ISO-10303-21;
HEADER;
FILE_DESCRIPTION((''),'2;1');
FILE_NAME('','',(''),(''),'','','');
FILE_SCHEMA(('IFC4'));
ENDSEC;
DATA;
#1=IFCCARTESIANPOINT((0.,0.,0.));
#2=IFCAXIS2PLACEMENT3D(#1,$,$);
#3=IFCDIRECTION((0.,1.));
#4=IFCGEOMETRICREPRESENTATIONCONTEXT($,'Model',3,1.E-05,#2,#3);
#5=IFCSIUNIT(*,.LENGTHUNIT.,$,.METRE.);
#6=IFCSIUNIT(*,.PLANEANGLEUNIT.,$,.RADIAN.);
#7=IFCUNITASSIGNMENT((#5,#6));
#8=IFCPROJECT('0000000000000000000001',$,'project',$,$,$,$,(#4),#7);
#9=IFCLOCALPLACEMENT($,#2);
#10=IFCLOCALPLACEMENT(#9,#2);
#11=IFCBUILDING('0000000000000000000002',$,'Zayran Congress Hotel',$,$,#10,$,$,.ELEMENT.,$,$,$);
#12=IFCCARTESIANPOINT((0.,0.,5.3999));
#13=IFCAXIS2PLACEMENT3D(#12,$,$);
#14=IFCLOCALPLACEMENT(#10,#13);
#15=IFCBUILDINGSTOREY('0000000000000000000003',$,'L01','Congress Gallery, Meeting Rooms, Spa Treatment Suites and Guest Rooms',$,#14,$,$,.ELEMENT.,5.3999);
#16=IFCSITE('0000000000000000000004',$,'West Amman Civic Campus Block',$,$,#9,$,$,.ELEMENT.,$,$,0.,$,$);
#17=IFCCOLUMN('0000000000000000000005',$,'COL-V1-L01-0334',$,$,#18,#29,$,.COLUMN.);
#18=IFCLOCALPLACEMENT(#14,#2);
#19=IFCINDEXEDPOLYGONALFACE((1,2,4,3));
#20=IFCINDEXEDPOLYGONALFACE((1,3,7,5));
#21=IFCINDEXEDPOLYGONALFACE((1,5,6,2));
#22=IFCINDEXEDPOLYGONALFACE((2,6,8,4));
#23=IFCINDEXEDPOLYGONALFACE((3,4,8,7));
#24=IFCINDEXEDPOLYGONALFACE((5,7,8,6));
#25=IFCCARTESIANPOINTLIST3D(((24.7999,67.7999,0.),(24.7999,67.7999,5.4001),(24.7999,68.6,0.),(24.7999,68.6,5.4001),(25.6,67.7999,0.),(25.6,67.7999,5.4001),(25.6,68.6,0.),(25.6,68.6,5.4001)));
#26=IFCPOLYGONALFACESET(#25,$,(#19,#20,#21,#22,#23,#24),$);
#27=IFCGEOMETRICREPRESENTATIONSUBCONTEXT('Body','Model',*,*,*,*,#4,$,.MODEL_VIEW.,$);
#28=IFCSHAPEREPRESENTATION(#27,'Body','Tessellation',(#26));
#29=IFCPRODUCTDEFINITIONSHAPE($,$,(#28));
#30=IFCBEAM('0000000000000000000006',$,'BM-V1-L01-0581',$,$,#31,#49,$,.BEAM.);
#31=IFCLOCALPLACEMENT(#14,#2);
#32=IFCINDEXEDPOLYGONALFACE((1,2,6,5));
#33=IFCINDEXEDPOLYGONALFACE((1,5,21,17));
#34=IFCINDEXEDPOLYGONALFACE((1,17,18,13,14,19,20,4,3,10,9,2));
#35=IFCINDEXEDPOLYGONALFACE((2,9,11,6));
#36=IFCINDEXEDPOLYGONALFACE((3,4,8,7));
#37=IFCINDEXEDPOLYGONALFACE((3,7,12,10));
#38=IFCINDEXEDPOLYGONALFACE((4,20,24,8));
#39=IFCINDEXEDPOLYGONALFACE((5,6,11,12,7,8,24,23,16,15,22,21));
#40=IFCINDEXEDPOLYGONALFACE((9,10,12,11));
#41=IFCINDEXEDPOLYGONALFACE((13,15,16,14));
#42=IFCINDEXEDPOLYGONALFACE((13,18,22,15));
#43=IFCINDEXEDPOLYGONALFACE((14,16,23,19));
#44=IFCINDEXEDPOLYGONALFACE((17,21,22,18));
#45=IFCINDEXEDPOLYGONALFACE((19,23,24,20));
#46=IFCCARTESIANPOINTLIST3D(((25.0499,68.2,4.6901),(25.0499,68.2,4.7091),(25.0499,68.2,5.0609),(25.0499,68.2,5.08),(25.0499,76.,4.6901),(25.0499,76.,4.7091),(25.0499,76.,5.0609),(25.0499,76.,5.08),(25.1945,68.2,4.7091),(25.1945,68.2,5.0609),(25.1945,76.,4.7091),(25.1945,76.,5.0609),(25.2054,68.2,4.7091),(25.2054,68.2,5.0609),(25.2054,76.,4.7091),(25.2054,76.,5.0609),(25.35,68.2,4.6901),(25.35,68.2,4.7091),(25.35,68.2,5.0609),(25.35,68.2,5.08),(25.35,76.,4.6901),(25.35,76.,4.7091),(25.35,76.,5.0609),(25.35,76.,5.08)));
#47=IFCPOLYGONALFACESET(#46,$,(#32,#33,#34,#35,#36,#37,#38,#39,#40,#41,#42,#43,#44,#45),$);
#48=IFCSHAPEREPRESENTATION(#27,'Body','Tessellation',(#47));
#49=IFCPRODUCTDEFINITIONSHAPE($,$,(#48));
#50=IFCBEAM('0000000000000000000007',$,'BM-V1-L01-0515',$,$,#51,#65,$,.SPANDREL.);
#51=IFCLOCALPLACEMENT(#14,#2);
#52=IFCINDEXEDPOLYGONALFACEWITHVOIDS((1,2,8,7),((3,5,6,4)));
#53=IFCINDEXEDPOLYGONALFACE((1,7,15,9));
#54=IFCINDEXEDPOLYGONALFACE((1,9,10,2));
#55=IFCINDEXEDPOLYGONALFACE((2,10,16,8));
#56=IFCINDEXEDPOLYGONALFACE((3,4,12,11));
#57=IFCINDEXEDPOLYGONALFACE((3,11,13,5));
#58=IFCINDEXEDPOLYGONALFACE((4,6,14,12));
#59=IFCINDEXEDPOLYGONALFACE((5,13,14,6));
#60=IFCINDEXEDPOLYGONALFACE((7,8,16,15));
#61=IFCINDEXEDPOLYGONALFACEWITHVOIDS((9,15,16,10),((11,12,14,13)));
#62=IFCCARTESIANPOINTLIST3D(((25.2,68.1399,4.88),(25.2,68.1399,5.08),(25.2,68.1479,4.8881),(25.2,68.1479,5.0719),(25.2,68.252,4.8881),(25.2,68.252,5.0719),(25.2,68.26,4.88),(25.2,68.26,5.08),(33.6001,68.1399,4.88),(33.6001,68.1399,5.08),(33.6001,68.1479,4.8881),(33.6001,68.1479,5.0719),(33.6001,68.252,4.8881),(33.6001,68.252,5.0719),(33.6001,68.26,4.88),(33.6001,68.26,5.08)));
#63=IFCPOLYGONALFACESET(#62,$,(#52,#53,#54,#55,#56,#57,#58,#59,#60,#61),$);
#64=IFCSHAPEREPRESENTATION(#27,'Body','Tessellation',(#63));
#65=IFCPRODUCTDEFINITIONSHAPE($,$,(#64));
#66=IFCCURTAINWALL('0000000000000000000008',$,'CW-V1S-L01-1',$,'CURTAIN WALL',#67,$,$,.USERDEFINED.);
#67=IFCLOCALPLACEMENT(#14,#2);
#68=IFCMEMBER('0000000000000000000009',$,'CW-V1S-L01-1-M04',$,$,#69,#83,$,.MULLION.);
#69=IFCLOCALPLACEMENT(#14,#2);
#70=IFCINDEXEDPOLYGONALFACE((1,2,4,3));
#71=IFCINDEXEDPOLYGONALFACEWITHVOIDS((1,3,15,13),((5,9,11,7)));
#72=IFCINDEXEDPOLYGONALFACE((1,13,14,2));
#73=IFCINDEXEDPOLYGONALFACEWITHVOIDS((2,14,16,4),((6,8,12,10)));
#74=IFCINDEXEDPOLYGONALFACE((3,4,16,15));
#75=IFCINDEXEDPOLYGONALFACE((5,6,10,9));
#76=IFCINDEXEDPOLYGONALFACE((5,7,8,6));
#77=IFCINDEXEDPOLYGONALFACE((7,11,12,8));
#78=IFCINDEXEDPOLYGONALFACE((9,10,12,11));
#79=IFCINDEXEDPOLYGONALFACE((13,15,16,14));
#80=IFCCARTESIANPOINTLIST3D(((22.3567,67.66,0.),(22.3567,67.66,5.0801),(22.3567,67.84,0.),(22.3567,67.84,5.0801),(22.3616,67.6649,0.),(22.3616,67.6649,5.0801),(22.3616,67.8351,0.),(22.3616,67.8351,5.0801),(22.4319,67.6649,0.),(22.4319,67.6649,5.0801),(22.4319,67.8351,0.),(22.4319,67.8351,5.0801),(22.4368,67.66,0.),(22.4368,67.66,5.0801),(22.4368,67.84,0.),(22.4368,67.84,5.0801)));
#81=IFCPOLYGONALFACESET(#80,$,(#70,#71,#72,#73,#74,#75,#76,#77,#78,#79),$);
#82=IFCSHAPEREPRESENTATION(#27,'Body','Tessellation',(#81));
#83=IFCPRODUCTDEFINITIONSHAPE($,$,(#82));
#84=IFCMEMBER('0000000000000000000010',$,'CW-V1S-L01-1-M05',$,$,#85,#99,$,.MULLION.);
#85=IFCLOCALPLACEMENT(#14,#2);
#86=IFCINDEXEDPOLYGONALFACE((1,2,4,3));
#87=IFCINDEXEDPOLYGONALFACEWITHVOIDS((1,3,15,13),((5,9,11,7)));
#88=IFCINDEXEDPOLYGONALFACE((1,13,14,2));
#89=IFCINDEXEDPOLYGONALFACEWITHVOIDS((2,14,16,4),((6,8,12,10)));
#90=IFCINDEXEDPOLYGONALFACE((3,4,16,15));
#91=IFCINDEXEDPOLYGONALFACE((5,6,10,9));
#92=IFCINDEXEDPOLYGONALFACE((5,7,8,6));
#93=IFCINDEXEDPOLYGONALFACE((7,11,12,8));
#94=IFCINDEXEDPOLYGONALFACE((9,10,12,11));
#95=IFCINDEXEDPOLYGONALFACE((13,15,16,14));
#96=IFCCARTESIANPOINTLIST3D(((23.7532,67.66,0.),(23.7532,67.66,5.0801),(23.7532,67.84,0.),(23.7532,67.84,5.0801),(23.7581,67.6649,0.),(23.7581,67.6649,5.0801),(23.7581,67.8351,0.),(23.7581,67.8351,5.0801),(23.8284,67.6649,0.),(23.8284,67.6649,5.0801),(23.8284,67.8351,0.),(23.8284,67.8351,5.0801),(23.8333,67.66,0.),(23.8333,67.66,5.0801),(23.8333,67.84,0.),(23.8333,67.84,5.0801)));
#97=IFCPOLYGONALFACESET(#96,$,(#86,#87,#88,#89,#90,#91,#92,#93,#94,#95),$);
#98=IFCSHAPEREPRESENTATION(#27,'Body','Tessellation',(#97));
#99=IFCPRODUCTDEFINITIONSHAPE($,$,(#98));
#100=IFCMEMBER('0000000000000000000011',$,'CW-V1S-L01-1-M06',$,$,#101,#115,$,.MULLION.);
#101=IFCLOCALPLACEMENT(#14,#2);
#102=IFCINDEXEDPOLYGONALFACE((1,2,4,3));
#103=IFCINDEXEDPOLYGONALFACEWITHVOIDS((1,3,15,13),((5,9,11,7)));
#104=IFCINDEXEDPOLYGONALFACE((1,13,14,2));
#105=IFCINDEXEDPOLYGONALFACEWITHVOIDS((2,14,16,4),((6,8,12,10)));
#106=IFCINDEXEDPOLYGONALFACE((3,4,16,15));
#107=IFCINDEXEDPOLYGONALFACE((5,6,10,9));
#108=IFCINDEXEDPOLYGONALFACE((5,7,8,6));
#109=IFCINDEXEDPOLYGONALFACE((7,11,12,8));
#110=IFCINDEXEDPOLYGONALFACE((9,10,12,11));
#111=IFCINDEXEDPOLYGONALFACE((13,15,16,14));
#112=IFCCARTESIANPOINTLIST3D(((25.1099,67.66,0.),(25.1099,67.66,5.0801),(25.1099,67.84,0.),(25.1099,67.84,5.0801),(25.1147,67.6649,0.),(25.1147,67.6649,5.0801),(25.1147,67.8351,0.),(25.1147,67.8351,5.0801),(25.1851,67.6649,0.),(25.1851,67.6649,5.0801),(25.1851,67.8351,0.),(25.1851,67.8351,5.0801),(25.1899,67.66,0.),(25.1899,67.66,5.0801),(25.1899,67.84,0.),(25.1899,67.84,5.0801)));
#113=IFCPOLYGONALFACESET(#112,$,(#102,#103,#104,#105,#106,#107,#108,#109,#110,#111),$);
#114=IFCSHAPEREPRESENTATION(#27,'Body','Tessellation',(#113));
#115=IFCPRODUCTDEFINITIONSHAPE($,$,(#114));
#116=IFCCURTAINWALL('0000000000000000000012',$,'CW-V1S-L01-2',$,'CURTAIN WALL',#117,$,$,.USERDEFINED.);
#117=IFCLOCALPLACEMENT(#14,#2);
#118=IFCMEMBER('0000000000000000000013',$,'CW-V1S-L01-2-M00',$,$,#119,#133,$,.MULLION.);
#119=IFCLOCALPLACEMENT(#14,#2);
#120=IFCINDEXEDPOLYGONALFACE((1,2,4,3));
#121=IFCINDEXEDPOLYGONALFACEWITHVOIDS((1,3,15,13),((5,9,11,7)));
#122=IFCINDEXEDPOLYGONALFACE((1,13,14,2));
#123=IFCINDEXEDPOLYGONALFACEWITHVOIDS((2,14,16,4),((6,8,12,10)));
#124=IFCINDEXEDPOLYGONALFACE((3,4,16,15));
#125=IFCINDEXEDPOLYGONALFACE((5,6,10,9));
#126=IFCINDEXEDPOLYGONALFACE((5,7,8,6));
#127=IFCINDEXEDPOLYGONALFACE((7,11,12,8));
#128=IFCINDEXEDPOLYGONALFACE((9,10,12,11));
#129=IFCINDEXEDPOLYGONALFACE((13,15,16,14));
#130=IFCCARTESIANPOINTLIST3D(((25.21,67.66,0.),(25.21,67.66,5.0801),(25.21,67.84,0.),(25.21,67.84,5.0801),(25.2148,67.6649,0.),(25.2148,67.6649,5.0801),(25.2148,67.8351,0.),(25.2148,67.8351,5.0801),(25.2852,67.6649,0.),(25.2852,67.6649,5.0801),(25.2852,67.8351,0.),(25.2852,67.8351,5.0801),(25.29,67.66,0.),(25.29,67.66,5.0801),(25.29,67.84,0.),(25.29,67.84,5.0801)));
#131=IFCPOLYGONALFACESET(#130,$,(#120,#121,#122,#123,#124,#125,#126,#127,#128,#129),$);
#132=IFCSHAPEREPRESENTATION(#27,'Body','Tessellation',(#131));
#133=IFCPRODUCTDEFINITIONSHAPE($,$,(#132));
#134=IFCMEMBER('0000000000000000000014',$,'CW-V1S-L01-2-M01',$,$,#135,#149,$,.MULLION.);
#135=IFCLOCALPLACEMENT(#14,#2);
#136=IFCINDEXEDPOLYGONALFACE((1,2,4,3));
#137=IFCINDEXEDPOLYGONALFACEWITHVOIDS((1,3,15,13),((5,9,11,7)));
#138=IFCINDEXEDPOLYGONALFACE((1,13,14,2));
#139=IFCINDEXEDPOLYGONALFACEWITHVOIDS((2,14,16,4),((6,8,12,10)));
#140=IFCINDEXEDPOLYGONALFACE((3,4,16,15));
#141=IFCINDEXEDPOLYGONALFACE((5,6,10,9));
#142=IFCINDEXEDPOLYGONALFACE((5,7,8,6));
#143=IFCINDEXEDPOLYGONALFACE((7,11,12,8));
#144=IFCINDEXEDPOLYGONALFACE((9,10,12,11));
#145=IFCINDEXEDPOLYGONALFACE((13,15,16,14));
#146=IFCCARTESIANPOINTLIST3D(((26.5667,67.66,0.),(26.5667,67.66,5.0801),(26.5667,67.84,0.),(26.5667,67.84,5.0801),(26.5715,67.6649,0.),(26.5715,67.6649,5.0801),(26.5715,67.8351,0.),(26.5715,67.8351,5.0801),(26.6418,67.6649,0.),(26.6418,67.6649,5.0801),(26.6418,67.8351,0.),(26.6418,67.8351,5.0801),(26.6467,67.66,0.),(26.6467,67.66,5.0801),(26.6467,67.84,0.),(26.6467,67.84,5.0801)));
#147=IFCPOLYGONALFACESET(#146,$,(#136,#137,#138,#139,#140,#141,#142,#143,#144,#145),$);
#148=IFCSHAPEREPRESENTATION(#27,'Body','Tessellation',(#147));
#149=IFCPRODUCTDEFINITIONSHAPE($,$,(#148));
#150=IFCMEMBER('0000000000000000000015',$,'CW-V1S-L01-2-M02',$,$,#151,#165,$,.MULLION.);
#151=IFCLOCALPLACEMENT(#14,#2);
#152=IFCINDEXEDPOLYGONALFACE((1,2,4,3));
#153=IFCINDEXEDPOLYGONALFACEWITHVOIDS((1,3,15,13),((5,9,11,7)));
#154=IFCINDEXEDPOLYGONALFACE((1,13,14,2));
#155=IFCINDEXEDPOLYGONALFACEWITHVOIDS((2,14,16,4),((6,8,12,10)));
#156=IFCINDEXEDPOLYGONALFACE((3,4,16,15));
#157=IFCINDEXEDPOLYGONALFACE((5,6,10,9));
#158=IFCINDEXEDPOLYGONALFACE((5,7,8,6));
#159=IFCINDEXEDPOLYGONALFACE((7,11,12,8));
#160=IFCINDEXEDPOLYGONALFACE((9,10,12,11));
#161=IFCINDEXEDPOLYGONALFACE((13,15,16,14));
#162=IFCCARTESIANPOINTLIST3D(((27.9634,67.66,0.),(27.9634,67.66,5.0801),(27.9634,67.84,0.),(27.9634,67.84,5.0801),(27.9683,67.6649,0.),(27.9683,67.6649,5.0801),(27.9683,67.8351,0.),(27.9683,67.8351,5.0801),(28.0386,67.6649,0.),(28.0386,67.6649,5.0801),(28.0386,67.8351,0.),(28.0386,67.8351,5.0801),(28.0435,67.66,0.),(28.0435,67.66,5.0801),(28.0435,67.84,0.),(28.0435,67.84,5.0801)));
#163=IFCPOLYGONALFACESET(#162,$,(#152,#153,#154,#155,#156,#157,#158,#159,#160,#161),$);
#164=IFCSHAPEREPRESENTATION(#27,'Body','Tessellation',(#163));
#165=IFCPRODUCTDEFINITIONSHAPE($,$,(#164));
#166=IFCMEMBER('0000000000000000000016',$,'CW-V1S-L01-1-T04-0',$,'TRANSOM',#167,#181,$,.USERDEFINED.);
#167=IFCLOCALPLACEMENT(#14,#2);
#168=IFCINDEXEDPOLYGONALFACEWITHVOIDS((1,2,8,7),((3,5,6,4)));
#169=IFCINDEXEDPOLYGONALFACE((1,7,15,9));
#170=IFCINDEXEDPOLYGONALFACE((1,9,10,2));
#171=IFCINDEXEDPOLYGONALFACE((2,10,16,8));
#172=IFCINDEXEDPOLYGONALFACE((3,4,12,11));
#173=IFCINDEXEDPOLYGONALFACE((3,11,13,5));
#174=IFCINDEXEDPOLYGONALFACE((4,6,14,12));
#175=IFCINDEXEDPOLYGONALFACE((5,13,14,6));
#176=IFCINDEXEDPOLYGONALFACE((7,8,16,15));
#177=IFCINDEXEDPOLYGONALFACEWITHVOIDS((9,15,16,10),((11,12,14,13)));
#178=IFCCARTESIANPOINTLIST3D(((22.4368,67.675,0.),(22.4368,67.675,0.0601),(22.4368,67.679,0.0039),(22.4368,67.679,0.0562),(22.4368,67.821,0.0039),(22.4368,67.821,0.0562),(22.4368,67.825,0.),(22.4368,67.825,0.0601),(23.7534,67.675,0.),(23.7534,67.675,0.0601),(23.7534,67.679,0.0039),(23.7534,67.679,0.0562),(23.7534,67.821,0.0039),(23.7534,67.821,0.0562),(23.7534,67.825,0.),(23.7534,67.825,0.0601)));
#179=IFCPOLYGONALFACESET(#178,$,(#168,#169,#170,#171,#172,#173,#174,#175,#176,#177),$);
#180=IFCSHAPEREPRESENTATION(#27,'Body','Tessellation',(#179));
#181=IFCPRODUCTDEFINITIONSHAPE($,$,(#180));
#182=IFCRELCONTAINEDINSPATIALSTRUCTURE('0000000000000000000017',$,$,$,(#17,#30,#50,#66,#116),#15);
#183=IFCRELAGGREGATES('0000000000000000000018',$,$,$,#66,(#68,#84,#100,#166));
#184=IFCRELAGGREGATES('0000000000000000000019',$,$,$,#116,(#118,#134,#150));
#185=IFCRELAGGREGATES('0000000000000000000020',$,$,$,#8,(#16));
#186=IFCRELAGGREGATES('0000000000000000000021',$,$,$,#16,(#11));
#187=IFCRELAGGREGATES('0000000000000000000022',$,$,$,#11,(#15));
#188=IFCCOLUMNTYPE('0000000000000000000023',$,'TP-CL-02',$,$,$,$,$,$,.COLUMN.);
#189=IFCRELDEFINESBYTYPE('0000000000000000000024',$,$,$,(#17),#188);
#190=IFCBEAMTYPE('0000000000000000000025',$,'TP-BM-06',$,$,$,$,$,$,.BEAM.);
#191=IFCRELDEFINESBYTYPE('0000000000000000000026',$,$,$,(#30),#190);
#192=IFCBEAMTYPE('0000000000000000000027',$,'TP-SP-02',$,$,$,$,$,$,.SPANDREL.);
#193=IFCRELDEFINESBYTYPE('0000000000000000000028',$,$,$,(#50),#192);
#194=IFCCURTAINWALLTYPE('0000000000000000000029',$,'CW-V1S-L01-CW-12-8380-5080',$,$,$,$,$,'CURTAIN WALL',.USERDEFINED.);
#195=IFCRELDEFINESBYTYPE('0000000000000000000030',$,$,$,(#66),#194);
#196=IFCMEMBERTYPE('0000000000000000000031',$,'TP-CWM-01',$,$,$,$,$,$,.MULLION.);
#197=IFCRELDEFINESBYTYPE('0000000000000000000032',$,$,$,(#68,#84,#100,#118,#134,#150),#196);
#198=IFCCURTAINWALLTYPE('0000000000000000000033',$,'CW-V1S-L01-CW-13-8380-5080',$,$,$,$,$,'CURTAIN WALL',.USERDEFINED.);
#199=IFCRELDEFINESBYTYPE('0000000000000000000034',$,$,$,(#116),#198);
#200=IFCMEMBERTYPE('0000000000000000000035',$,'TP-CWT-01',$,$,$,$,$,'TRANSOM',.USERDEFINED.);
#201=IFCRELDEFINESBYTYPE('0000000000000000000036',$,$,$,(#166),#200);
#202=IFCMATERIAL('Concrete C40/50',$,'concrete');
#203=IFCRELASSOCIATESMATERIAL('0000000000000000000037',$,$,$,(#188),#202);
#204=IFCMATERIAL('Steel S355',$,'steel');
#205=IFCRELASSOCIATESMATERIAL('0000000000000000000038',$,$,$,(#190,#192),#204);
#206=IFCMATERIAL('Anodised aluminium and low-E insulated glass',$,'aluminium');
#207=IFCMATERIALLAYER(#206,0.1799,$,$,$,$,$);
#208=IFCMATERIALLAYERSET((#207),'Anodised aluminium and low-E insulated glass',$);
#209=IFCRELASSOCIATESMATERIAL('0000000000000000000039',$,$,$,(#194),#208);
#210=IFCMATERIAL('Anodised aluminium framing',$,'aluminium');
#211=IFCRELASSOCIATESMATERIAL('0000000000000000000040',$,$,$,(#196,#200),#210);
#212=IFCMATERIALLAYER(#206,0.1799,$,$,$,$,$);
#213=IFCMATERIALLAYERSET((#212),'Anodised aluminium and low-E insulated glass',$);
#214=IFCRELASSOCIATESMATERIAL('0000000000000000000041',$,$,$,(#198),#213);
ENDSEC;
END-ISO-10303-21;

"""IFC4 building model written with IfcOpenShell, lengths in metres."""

from ifc_helpers import new_model, si_unit, direction, frame, origin, origin_2d, place, context, subcontext, project, spatial, rectangle, hollow_rectangle, i_section, extrude, material, layer, layer_set, material_profile, profile_set, type_object, element, aggregate, save


model = new_model("IFC4")

# Units and contexts
model_context = context("Model", 3, precision=1e-05, world=origin(), true_north=direction((0.0, 1.0)))
body_context = subcontext(model_context, "Body", "Model", "MODEL_VIEW")
ifc_project = project(units=[si_unit("LENGTHUNIT", "METRE"), si_unit("PLANEANGLEUNIT", "RADIAN")], contexts=[model_context])

# Site, building, storey
site_placement = place(None, origin())
site = spatial("IfcSite", under=ifc_project, at=site_placement, Name="West Amman Civic Campus Block", CompositionType="ELEMENT", RefElevation=0.0)
building_placement = place(site_placement, origin())
building = spatial("IfcBuilding", under=site, at=building_placement, Name="Zayran Congress Hotel", CompositionType="ELEMENT")
storey_placement = place(building_placement, frame((0.0, 0.0, 5.3999)))
storey = spatial("IfcBuildingStorey", under=building, at=storey_placement, Name="L01", Description="Congress Gallery, Meeting Rooms, Spa Treatment Suites and Guest Rooms", CompositionType="ELEMENT", Elevation=5.3999)

# Column
ifc_material_1 = material(Name="Concrete C40/50", Category="concrete")
ifc_material_profile_1 = material_profile(ifc_material_1, rectangle(XDim=0.8, YDim=0.8, at=origin_2d()), Name="RC 800x800")
ifc_profile_set_1 = profile_set([ifc_material_profile_1], Name="Concrete C40/50")
column_type = type_object("IfcColumnType", Name="TP-CL-02", PredefinedType="COLUMN", material=ifc_profile_set_1)
column_placement = place(storey_placement, frame((25.2, 68.2, 0.0), z_axis=(0.0, 0.0, 1.0), x_axis=(1.0, 0.0, 0.0)))
element("IfcColumn", 1, at=column_placement, inside=storey, type_object=column_type, Name="COL-V1-L01-0334", PredefinedType="COLUMN", context=body_context, shape_type="SweptSolid", body=[
    extrude(rectangle(XDim=0.8, YDim=0.8, at=origin_2d()), origin(), (0.0, 0.0, 1.0), 5.4001),
])

# Beams
ifc_material_2 = material(Name="Steel S355", Category="steel")
ifc_material_profile_2 = material_profile(ifc_material_2, i_section(OverallWidth=0.3, OverallDepth=0.3899, WebThickness=0.011, FlangeThickness=0.019, at=origin_2d()), Name="HEA 400")
ifc_profile_set_2 = profile_set([ifc_material_profile_2], Name="Steel S355")
beam_type_1 = type_object("IfcBeamType", Name="TP-BM-06", PredefinedType="BEAM", material=ifc_profile_set_2)
beam_1_placement = place(storey_placement, frame((25.2, 68.2, 4.885), z_axis=(0.0, 1.0, 0.0), x_axis=(-1.0, 0.0, 0.0)))
element("IfcBeam", 2, at=beam_1_placement, inside=storey, type_object=beam_type_1, Name="BM-V1-L01-0581", PredefinedType="BEAM", context=body_context, shape_type="SweptSolid", body=[
    extrude(i_section(OverallWidth=0.3, OverallDepth=0.3899, WebThickness=0.011, FlangeThickness=0.019, at=origin_2d()), origin(), (0.0, 0.0, 1.0), 7.8),
])
ifc_material_profile_3 = material_profile(ifc_material_2, hollow_rectangle(XDim=0.1201, YDim=0.2, WallThickness=0.0081, at=origin_2d()), Name="RHS 200x120x8")
ifc_profile_set_3 = profile_set([ifc_material_profile_3], Name="Steel S355")
beam_type_2 = type_object("IfcBeamType", Name="TP-SP-02", PredefinedType="SPANDREL", material=ifc_profile_set_3)
beam_2_placement = place(storey_placement, frame((25.2, 68.2, 4.98), z_axis=(1.0, 0.0, 0.0), x_axis=(0.0, 1.0, 0.0)))
element("IfcBeam", 3, at=beam_2_placement, inside=storey, type_object=beam_type_2, Name="BM-V1-L01-0515", PredefinedType="SPANDREL", context=body_context, shape_type="SweptSolid", body=[
    extrude(hollow_rectangle(XDim=0.1201, YDim=0.2, WallThickness=0.0081, at=origin_2d()), origin(), (0.0, 0.0, 1.0), 8.4001),
])

# Curtain walls, members
ifc_material_3 = material(Name="Anodised aluminium and low-E insulated glass", Category="aluminium")
ifc_layer_1 = layer(ifc_material_3, 0.1799)
ifc_layer_set_1 = layer_set([ifc_layer_1], Name="Anodised aluminium and low-E insulated glass")
curtain_wall_type_1 = type_object("IfcCurtainWallType", Name="CW-V1S-L01-CW-12-8380-5080", ElementType="CURTAIN WALL", PredefinedType="USERDEFINED", material=ifc_layer_set_1)
curtain_wall_1_placement = place(storey_placement, origin())
curtain_wall_1 = element("IfcCurtainWall", 4, at=curtain_wall_1_placement, inside=storey, type_object=curtain_wall_type_1, Name="CW-V1S-L01-1", ObjectType="CURTAIN WALL", PredefinedType="USERDEFINED")
ifc_material_4 = material(Name="Anodised aluminium framing", Category="aluminium")
ifc_material_profile_4 = material_profile(ifc_material_4, hollow_rectangle(XDim=0.0801, YDim=0.1799, WallThickness=0.0049, at=origin_2d()), Name="RHS 180x80x5")
ifc_profile_set_4 = profile_set([ifc_material_profile_4], Name="Anodised aluminium framing")
member_type_1 = type_object("IfcMemberType", Name="TP-CWM-01", PredefinedType="MULLION", material=ifc_profile_set_4)
member_1_placement = place(storey_placement, frame((22.3967, 67.75, 0.0), z_axis=(0.0, 0.0, 1.0), x_axis=(1.0, 0.0, 0.0)))
member_1 = element("IfcMember", 5, at=member_1_placement, type_object=member_type_1, Name="CW-V1S-L01-1-M04", PredefinedType="MULLION", context=body_context, shape_type="SweptSolid", body=[
    extrude(hollow_rectangle(XDim=0.0801, YDim=0.1799, WallThickness=0.0049, at=origin_2d()), origin(), (0.0, 0.0, 1.0), 5.0801),
])
member_2_placement = place(storey_placement, frame((23.7932, 67.75, 0.0), z_axis=(0.0, 0.0, 1.0), x_axis=(1.0, 0.0, 0.0)))
member_2 = element("IfcMember", 6, at=member_2_placement, type_object=member_type_1, Name="CW-V1S-L01-1-M05", PredefinedType="MULLION", context=body_context, shape_type="SweptSolid", body=[
    extrude(hollow_rectangle(XDim=0.0801, YDim=0.1799, WallThickness=0.0049, at=origin_2d()), origin(), (0.0, 0.0, 1.0), 5.0801),
])
member_3_placement = place(storey_placement, frame((25.1499, 67.75, 0.0), z_axis=(0.0, 0.0, 1.0), x_axis=(1.0, 0.0, 0.0)))
member_3 = element("IfcMember", 7, at=member_3_placement, type_object=member_type_1, Name="CW-V1S-L01-1-M06", PredefinedType="MULLION", context=body_context, shape_type="SweptSolid", body=[
    extrude(hollow_rectangle(XDim=0.0801, YDim=0.1799, WallThickness=0.0049, at=origin_2d()), origin(), (0.0, 0.0, 1.0), 5.0801),
])
ifc_layer_2 = layer(ifc_material_3, 0.1799)
ifc_layer_set_2 = layer_set([ifc_layer_2], Name="Anodised aluminium and low-E insulated glass")
curtain_wall_type_2 = type_object("IfcCurtainWallType", Name="CW-V1S-L01-CW-13-8380-5080", ElementType="CURTAIN WALL", PredefinedType="USERDEFINED", material=ifc_layer_set_2)
curtain_wall_2_placement = place(storey_placement, origin())
curtain_wall_2 = element("IfcCurtainWall", 8, at=curtain_wall_2_placement, inside=storey, type_object=curtain_wall_type_2, Name="CW-V1S-L01-2", ObjectType="CURTAIN WALL", PredefinedType="USERDEFINED")
member_4_placement = place(storey_placement, frame((25.25, 67.75, 0.0), z_axis=(0.0, 0.0, 1.0), x_axis=(1.0, 0.0, 0.0)))
member_4 = element("IfcMember", 9, at=member_4_placement, type_object=member_type_1, Name="CW-V1S-L01-2-M00", PredefinedType="MULLION", context=body_context, shape_type="SweptSolid", body=[
    extrude(hollow_rectangle(XDim=0.0801, YDim=0.1799, WallThickness=0.0049, at=origin_2d()), origin(), (0.0, 0.0, 1.0), 5.0801),
])
member_5_placement = place(storey_placement, frame((26.6067, 67.75, 0.0), z_axis=(0.0, 0.0, 1.0), x_axis=(1.0, 0.0, 0.0)))
member_5 = element("IfcMember", 10, at=member_5_placement, type_object=member_type_1, Name="CW-V1S-L01-2-M01", PredefinedType="MULLION", context=body_context, shape_type="SweptSolid", body=[
    extrude(hollow_rectangle(XDim=0.0801, YDim=0.1799, WallThickness=0.0049, at=origin_2d()), origin(), (0.0, 0.0, 1.0), 5.0801),
])
member_6_placement = place(storey_placement, frame((28.0034, 67.75, 0.0), z_axis=(0.0, 0.0, 1.0), x_axis=(1.0, 0.0, 0.0)))
member_6 = element("IfcMember", 11, at=member_6_placement, type_object=member_type_1, Name="CW-V1S-L01-2-M02", PredefinedType="MULLION", context=body_context, shape_type="SweptSolid", body=[
    extrude(hollow_rectangle(XDim=0.0801, YDim=0.1799, WallThickness=0.0049, at=origin_2d()), origin(), (0.0, 0.0, 1.0), 5.0801),
])

# Member
ifc_material_profile_5 = material_profile(ifc_material_4, hollow_rectangle(XDim=0.0601, YDim=0.1499, WallThickness=0.0039, at=origin_2d()), Name="RHS 150x60x4")
ifc_profile_set_5 = profile_set([ifc_material_profile_5], Name="Anodised aluminium framing")
member_type_2 = type_object("IfcMemberType", Name="TP-CWT-01", ElementType="TRANSOM", PredefinedType="USERDEFINED", material=ifc_profile_set_5)
member_7_placement = place(storey_placement, frame((22.4368, 67.75, 0.03), z_axis=(1.0, 0.0, 0.0), x_axis=(0.0, 0.0, 1.0)))
member_7 = element("IfcMember", 12, at=member_7_placement, type_object=member_type_2, Name="CW-V1S-L01-1-T04-0", ObjectType="TRANSOM", PredefinedType="USERDEFINED", context=body_context, shape_type="SweptSolid", body=[
    extrude(hollow_rectangle(XDim=0.0601, YDim=0.1499, WallThickness=0.0039, at=origin_2d()), origin(), (0.0, 0.0, 1.0), 1.3167),
])

aggregate(curtain_wall_1, [member_1, member_2, member_3, member_7])
aggregate(curtain_wall_2, [member_4, member_5, member_6])

save(model, "model.ifc")
